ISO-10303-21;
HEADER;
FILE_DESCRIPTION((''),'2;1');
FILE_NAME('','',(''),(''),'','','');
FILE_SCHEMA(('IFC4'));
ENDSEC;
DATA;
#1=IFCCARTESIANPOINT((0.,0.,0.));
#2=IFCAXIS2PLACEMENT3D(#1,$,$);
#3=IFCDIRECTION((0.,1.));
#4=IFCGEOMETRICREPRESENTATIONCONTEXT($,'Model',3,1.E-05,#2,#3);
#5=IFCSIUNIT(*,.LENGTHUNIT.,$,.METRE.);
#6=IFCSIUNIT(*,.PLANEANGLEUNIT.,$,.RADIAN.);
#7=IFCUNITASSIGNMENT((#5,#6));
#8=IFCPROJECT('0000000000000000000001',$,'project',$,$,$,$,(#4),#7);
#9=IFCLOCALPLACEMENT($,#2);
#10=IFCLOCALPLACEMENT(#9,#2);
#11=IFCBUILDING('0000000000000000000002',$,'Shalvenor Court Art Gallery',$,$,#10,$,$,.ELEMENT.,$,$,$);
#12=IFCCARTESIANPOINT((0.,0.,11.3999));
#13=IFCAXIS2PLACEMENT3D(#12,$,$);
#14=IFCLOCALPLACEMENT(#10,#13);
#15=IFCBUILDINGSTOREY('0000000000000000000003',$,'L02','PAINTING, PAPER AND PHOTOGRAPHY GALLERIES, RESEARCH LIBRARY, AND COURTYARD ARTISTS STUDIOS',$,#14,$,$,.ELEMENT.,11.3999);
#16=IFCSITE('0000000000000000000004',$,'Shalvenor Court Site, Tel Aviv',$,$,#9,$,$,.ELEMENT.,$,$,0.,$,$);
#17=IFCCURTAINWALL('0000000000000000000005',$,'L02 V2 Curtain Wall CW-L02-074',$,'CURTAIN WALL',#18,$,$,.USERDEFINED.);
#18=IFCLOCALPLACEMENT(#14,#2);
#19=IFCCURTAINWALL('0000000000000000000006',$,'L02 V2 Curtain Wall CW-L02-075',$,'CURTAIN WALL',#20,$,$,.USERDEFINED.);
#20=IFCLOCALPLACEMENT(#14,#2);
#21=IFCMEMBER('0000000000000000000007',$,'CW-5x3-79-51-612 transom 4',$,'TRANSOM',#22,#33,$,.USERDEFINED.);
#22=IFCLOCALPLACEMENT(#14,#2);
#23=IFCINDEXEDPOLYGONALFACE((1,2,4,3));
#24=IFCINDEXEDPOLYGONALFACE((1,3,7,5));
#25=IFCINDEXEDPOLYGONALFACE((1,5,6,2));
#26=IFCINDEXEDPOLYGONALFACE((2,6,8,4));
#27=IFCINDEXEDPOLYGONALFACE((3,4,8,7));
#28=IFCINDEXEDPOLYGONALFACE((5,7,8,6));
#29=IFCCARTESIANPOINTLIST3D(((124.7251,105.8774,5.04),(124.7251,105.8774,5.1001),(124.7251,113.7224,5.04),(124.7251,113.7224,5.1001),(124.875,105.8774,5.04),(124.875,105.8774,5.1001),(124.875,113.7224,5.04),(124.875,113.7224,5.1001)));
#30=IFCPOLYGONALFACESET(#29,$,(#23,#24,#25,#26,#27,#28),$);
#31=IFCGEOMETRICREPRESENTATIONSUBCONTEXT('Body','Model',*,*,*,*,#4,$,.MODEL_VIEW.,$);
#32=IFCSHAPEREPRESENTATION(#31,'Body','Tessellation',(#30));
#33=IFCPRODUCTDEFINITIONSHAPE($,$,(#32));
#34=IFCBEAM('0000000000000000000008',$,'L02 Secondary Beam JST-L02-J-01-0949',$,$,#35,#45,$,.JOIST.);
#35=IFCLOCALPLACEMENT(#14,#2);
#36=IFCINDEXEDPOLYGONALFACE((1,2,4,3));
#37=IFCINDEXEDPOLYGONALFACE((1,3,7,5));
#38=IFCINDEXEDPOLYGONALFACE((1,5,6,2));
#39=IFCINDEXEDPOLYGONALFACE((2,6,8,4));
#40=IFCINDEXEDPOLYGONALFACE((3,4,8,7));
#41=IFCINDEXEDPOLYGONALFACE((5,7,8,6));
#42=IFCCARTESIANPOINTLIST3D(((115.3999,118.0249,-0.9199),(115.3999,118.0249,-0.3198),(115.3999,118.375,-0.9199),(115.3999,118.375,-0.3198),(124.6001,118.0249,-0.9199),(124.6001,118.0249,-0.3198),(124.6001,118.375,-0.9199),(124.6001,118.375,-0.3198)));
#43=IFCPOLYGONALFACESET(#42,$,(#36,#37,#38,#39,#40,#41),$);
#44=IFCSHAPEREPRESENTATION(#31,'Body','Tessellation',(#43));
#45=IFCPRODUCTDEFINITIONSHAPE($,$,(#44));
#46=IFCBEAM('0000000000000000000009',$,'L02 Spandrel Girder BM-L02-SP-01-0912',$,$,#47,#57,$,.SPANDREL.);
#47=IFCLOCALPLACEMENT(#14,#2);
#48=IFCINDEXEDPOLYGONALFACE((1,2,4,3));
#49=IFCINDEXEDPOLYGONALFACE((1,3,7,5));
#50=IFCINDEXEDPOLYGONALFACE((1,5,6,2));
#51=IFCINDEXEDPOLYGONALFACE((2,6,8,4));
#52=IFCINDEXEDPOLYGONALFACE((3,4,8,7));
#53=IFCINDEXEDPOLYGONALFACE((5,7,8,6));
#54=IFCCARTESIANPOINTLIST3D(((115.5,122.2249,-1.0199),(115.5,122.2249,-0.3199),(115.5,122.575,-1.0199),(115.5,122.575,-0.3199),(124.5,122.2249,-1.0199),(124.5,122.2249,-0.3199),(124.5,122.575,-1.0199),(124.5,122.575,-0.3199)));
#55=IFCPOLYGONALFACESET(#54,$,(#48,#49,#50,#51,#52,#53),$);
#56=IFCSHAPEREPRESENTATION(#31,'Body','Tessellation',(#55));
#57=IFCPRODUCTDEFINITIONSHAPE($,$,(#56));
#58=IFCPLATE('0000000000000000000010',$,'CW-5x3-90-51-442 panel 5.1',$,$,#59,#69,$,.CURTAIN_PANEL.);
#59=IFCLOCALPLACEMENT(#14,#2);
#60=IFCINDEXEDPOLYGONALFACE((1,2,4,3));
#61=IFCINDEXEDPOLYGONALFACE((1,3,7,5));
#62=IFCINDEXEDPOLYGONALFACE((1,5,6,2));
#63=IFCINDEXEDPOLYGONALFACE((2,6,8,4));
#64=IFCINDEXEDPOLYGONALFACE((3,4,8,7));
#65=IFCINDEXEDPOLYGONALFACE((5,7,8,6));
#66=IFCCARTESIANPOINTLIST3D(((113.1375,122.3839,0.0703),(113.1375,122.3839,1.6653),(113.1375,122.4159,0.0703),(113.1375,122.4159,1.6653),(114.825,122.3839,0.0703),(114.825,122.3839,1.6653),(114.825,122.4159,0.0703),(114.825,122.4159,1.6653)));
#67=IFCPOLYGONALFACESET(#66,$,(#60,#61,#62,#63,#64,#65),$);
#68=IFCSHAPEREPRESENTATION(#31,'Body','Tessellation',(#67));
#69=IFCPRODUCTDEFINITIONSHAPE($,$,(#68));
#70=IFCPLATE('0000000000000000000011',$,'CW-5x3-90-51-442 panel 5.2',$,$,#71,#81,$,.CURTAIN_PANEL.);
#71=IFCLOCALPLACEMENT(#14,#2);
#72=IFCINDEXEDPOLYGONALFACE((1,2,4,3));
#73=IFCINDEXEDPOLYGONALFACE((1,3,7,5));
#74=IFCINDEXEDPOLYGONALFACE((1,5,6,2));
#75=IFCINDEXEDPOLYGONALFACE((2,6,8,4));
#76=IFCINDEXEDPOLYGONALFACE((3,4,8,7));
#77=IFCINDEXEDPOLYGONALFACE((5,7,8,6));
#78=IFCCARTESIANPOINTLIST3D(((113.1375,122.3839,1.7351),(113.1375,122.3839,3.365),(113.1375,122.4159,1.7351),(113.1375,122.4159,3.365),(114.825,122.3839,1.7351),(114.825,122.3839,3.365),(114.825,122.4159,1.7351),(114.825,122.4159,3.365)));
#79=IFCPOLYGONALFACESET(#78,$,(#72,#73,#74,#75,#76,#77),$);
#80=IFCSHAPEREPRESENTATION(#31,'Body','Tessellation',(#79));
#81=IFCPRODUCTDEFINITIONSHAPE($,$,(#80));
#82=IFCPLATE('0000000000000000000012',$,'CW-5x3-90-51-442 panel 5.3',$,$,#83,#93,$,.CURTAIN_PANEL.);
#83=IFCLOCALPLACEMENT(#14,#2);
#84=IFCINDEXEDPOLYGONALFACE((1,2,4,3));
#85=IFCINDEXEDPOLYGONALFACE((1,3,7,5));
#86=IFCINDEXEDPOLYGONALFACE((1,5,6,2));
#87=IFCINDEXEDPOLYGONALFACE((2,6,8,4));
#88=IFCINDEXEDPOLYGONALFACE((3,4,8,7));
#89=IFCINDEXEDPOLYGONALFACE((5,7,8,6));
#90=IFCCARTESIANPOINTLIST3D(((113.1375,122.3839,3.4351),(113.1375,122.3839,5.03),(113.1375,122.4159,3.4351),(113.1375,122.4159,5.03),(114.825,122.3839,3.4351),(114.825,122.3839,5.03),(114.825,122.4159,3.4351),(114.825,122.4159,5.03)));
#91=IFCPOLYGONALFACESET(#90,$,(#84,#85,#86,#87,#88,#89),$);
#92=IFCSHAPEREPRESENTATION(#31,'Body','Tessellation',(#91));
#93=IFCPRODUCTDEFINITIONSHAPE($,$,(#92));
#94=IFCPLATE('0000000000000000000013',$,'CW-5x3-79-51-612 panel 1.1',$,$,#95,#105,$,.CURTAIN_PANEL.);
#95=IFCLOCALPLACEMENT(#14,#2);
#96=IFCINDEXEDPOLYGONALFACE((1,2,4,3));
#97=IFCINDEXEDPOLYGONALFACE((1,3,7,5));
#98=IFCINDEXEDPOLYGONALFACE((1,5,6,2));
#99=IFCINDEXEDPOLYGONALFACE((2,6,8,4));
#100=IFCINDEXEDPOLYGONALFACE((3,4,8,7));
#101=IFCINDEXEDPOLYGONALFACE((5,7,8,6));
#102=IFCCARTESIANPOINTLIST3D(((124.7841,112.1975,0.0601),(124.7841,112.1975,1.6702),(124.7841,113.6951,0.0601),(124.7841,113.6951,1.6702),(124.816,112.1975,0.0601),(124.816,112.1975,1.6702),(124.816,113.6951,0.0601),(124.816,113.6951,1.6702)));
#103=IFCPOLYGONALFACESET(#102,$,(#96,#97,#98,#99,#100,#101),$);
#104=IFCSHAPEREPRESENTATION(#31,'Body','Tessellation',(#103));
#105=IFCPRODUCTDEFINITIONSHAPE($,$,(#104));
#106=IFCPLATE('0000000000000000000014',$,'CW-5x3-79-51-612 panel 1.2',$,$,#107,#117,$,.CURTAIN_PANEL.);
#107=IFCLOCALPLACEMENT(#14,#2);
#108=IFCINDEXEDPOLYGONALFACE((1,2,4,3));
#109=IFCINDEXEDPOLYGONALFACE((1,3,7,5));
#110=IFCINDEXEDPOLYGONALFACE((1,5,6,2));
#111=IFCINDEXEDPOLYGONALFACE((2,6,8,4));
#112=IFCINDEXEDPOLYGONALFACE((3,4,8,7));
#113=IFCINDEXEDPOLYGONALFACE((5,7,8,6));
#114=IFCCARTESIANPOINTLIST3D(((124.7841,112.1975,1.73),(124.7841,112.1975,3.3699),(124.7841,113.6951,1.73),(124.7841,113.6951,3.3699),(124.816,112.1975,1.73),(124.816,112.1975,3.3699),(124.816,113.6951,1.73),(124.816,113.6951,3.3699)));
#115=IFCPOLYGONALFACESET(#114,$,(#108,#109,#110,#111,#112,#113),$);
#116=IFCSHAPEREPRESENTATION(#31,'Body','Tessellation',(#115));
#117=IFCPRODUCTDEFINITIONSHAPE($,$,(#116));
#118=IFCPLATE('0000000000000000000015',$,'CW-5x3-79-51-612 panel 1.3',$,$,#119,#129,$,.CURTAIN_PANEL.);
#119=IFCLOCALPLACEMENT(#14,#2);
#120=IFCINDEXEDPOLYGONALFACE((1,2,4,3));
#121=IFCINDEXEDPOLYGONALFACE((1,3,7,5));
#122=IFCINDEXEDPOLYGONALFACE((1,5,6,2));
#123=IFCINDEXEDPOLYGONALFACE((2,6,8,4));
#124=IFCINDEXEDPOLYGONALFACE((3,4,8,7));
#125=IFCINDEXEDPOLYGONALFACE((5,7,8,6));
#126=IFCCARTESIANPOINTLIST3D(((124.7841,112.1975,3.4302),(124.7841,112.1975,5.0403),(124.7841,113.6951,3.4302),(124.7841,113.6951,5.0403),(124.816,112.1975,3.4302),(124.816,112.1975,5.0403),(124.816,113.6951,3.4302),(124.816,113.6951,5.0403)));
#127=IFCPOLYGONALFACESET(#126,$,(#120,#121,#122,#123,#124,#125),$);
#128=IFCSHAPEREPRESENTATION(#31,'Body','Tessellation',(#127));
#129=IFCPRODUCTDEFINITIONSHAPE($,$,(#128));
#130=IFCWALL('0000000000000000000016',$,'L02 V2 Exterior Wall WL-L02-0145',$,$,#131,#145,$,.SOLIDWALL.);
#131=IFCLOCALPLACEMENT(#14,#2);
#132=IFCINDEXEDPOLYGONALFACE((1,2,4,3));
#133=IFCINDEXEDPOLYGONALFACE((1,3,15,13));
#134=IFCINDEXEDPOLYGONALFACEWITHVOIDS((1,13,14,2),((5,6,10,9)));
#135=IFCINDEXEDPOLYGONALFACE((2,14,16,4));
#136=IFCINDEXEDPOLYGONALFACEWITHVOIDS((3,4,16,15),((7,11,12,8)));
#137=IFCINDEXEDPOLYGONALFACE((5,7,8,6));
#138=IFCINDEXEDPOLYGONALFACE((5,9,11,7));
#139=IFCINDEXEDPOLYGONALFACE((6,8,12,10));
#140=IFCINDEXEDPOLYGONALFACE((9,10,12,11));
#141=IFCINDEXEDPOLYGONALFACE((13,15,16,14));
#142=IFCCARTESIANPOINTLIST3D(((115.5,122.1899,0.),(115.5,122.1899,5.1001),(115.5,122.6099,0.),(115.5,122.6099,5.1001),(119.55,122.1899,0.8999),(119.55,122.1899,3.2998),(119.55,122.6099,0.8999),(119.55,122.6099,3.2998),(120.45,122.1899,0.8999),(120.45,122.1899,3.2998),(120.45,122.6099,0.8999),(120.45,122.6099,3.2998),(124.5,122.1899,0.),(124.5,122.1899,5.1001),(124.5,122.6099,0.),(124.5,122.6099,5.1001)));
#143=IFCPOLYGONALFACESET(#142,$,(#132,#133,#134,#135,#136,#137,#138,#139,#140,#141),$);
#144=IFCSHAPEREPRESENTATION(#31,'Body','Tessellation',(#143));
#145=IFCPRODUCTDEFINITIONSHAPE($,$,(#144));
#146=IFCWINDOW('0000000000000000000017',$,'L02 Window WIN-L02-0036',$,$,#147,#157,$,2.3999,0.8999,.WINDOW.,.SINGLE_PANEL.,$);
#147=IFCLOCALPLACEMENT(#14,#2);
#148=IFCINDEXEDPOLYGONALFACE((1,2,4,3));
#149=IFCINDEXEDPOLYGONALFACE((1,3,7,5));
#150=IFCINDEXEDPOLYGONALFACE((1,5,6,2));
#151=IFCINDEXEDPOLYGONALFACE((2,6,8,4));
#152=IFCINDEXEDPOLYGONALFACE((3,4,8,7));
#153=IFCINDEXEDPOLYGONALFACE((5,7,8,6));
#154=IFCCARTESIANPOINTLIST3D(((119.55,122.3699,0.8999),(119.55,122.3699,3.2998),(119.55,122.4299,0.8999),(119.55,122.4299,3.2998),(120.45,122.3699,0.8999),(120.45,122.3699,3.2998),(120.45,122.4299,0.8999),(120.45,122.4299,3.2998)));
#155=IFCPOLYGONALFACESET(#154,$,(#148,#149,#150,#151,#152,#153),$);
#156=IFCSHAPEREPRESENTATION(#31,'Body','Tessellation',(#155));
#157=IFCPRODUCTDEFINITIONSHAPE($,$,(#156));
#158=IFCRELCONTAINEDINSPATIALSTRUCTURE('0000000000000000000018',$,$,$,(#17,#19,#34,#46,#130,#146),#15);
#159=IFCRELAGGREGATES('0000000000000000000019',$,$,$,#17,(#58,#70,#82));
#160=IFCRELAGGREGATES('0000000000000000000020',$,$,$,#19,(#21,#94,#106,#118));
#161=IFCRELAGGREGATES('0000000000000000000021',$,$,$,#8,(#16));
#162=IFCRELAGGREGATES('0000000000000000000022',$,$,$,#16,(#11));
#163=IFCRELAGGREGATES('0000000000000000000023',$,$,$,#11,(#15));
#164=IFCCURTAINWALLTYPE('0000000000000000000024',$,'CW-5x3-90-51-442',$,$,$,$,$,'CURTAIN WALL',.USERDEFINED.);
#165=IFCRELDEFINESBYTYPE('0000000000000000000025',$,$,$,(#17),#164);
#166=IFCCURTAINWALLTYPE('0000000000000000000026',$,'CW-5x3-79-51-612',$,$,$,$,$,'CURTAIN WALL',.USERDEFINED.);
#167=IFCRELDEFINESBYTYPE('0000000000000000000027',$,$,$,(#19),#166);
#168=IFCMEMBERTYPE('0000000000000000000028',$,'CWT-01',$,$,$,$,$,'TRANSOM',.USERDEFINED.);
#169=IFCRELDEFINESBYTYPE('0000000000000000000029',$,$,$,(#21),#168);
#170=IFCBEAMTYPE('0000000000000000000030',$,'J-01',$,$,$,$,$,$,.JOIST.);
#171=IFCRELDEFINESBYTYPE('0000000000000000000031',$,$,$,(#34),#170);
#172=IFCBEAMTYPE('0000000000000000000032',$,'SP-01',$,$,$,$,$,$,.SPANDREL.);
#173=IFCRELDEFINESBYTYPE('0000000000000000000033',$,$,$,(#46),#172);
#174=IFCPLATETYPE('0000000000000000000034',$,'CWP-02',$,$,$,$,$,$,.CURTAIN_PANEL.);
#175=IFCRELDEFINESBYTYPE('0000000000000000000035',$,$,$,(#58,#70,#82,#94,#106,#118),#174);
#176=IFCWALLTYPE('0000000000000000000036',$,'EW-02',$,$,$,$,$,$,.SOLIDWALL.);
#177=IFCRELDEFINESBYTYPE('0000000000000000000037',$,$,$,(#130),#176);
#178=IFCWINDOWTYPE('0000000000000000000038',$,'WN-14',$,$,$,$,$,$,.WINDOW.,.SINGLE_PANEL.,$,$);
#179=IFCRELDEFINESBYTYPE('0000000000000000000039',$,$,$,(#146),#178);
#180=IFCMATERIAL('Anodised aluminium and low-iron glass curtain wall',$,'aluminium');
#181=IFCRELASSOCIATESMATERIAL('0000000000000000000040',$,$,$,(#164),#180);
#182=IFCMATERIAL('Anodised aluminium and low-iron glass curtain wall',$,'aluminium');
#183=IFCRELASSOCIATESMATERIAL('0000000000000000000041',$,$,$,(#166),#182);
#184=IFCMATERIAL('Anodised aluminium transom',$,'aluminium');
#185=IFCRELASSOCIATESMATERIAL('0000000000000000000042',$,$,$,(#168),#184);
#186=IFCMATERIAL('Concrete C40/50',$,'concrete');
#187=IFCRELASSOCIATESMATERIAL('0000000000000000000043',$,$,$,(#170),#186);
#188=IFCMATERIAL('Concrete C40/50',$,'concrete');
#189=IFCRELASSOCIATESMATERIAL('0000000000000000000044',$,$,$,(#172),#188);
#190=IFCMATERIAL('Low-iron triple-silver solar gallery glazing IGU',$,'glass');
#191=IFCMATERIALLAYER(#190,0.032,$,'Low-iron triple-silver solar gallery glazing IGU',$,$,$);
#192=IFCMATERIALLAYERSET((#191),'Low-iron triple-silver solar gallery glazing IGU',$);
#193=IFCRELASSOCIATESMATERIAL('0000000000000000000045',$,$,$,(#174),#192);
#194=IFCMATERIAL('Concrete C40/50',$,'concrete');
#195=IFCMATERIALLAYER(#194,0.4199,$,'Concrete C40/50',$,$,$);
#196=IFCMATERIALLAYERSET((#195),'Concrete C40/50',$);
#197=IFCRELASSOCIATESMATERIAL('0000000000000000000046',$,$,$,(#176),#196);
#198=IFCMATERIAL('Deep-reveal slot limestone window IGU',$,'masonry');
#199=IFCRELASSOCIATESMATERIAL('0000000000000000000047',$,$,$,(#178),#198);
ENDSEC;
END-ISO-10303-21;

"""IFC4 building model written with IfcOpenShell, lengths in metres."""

from ifc_helpers import new_model, si_unit, direction, frame, frame_2d, origin, origin_2d, place, context, subcontext, project, spatial, rectangle, extrude, material, layer, layer_set, material_profile, profile_set, type_object, element, fill, aggregate, save


model = new_model("IFC4")

# Units and contexts
model_context = context("Model", 3, precision=1e-05, world=origin(), true_north=direction((0.0, 1.0)))
body_context = subcontext(model_context, "Body", "Model", "MODEL_VIEW")
ifc_project = project(units=[si_unit("LENGTHUNIT", "METRE"), si_unit("PLANEANGLEUNIT", "RADIAN")], contexts=[model_context])

# Site, building, storey
site_placement = place(None, origin())
site = spatial("IfcSite", under=ifc_project, at=site_placement, Name="Shalvenor Court Site, Tel Aviv", CompositionType="ELEMENT", RefElevation=0.0)
building_placement = place(site_placement, origin())
building = spatial("IfcBuilding", under=site, at=building_placement, Name="Shalvenor Court Art Gallery", CompositionType="ELEMENT")
storey_placement = place(building_placement, frame((0.0, 0.0, 11.3999)))
storey = spatial("IfcBuildingStorey", under=building, at=storey_placement, Name="L02", Description="PAINTING, PAPER AND PHOTOGRAPHY GALLERIES, RESEARCH LIBRARY, AND COURTYARD ARTISTS STUDIOS", CompositionType="ELEMENT", Elevation=11.3999)

# Curtain wall
ifc_material_1 = material(Name="Anodised aluminium and low-iron glass curtain wall", Category="aluminium")
curtain_wall_type_1 = type_object("IfcCurtainWallType", Name="CW-5x3-90-51-442", ElementType="CURTAIN WALL", PredefinedType="USERDEFINED", material=ifc_material_1)
curtain_wall_1_placement = place(storey_placement, origin())
curtain_wall_1 = element("IfcCurtainWall", 1, at=curtain_wall_1_placement, inside=storey, type_object=curtain_wall_type_1, Name="L02 V2 Curtain Wall CW-L02-074", ObjectType="CURTAIN WALL", PredefinedType="USERDEFINED")

# Curtain wall, member
ifc_material_2 = material(Name="Anodised aluminium and low-iron glass curtain wall", Category="aluminium")
curtain_wall_type_2 = type_object("IfcCurtainWallType", Name="CW-5x3-79-51-612", ElementType="CURTAIN WALL", PredefinedType="USERDEFINED", material=ifc_material_2)
curtain_wall_2_placement = place(storey_placement, origin())
curtain_wall_2 = element("IfcCurtainWall", 2, at=curtain_wall_2_placement, inside=storey, type_object=curtain_wall_type_2, Name="L02 V2 Curtain Wall CW-L02-075", ObjectType="CURTAIN WALL", PredefinedType="USERDEFINED")
ifc_material_3 = material(Name="Anodised aluminium transom", Category="aluminium")
ifc_material_profile_1 = material_profile(ifc_material_3, rectangle(XDim=0.1499, YDim=0.0601, at=origin_2d()), Name="CWT-01")
ifc_profile_set_1 = profile_set([ifc_material_profile_1], Name="Anodised aluminium transom")
member_type_1 = type_object("IfcMemberType", Name="CWT-01", ElementType="TRANSOM", PredefinedType="USERDEFINED", material=ifc_profile_set_1)
member_1_placement = place(storey_placement, frame((124.8, 113.7224, 5.0701), z_axis=(0.0, -1.0, 0.0), x_axis=(1.0, 0.0, 0.0)))
member_1 = element("IfcMember", 3, at=member_1_placement, type_object=member_type_1, Name="CW-5x3-79-51-612 transom 4", ObjectType="TRANSOM", PredefinedType="USERDEFINED", context=body_context, shape_type="SweptSolid", body=[
    extrude(rectangle(XDim=0.1499, YDim=0.0601, at=origin_2d()), origin(), (0.0, 0.0, 1.0), 7.845),
])

# Beams
ifc_material_4 = material(Name="Concrete C40/50", Category="concrete")
ifc_material_profile_2 = material_profile(ifc_material_4, rectangle(XDim=0.3501, YDim=0.6001, at=origin_2d()), Name="RC 350x600")
ifc_profile_set_2 = profile_set([ifc_material_profile_2], Name="Concrete C40/50")
beam_type_1 = type_object("IfcBeamType", Name="J-01", PredefinedType="JOIST", material=ifc_profile_set_2)
beam_1_placement = place(storey_placement, frame((115.3999, 118.2, -0.6199), z_axis=(1.0, 0.0, 0.0), x_axis=(0.0, 1.0, 0.0)))
element("IfcBeam", 4, at=beam_1_placement, inside=storey, type_object=beam_type_1, Name="L02 Secondary Beam JST-L02-J-01-0949", PredefinedType="JOIST", context=body_context, shape_type="SweptSolid", body=[
    extrude(rectangle(XDim=0.3501, YDim=0.6001, at=origin_2d()), origin(), (0.0, 0.0, 1.0), 9.2002),
])
ifc_material_5 = material(Name="Concrete C40/50", Category="concrete")
ifc_material_profile_3 = material_profile(ifc_material_5, rectangle(XDim=0.3501, YDim=0.7, at=origin_2d()), Name="RC 350x700")
ifc_profile_set_3 = profile_set([ifc_material_profile_3], Name="Concrete C40/50")
beam_type_2 = type_object("IfcBeamType", Name="SP-01", PredefinedType="SPANDREL", material=ifc_profile_set_3)
beam_2_placement = place(storey_placement, frame((115.5, 122.3999, -0.6699), z_axis=(1.0, 0.0, 0.0), x_axis=(0.0, 1.0, 0.0)))
element("IfcBeam", 5, at=beam_2_placement, inside=storey, type_object=beam_type_2, Name="L02 Spandrel Girder BM-L02-SP-01-0912", PredefinedType="SPANDREL", context=body_context, shape_type="SweptSolid", body=[
    extrude(rectangle(XDim=0.3501, YDim=0.7, at=origin_2d()), origin(), (0.0, 0.0, 1.0), 9.0),
])

# Plates
ifc_material_6 = material(Name="Low-iron triple-silver solar gallery glazing IGU", Category="glass")
ifc_layer_1 = layer(ifc_material_6, 0.032, Name="Low-iron triple-silver solar gallery glazing IGU")
ifc_layer_set_1 = layer_set([ifc_layer_1], Name="Low-iron triple-silver solar gallery glazing IGU")
plate_type = type_object("IfcPlateType", Name="CWP-02", PredefinedType="CURTAIN_PANEL", material=ifc_layer_set_1)
plate_1_placement = place(storey_placement, frame((113.9812, 122.3999, 0.0703), z_axis=(0.0, 0.0, 1.0), x_axis=(1.0, 0.0, 0.0)))
plate_1 = element("IfcPlate", 6, at=plate_1_placement, type_object=plate_type, Name="CW-5x3-90-51-442 panel 5.1", PredefinedType="CURTAIN_PANEL", context=body_context, shape_type="SweptSolid", body=[
    extrude(rectangle(XDim=1.6875, YDim=0.032, at=origin_2d()), origin(), (0.0, 0.0, 1.0), 1.595),
])
plate_2_placement = place(storey_placement, frame((113.9812, 122.3999, 1.7351), z_axis=(0.0, 0.0, 1.0), x_axis=(1.0, 0.0, 0.0)))
plate_2 = element("IfcPlate", 7, at=plate_2_placement, type_object=plate_type, Name="CW-5x3-90-51-442 panel 5.2", PredefinedType="CURTAIN_PANEL", context=body_context, shape_type="SweptSolid", body=[
    extrude(rectangle(XDim=1.6875, YDim=0.032, at=origin_2d()), origin(), (0.0, 0.0, 1.0), 1.6299),
])
plate_3_placement = place(storey_placement, frame((113.9812, 122.3999, 3.4351), z_axis=(0.0, 0.0, 1.0), x_axis=(1.0, 0.0, 0.0)))
plate_3 = element("IfcPlate", 8, at=plate_3_placement, type_object=plate_type, Name="CW-5x3-90-51-442 panel 5.3", PredefinedType="CURTAIN_PANEL", context=body_context, shape_type="SweptSolid", body=[
    extrude(rectangle(XDim=1.6875, YDim=0.032, at=origin_2d()), origin(), (0.0, 0.0, 1.0), 1.595),
])
aggregate(curtain_wall_1, [plate_1, plate_2, plate_3])
plate_4_placement = place(storey_placement, frame((124.8, 112.9463, 0.0601), z_axis=(0.0, 0.0, 1.0), x_axis=(0.0, -1.0, 0.0)))
plate_4 = element("IfcPlate", 9, at=plate_4_placement, type_object=plate_type, Name="CW-5x3-79-51-612 panel 1.1", PredefinedType="CURTAIN_PANEL", context=body_context, shape_type="SweptSolid", body=[
    extrude(rectangle(XDim=1.4976, YDim=0.032, at=origin_2d()), origin(), (0.0, 0.0, 1.0), 1.6101),
])
plate_5_placement = place(storey_placement, frame((124.8, 112.9463, 1.73), z_axis=(0.0, 0.0, 1.0), x_axis=(0.0, -1.0, 0.0)))
plate_5 = element("IfcPlate", 10, at=plate_5_placement, type_object=plate_type, Name="CW-5x3-79-51-612 panel 1.2", PredefinedType="CURTAIN_PANEL", context=body_context, shape_type="SweptSolid", body=[
    extrude(rectangle(XDim=1.4976, YDim=0.032, at=origin_2d()), origin(), (0.0, 0.0, 1.0), 1.6399),
])
plate_6_placement = place(storey_placement, frame((124.8, 112.9463, 3.4302), z_axis=(0.0, 0.0, 1.0), x_axis=(0.0, -1.0, 0.0)))
plate_6 = element("IfcPlate", 11, at=plate_6_placement, type_object=plate_type, Name="CW-5x3-79-51-612 panel 1.3", PredefinedType="CURTAIN_PANEL", context=body_context, shape_type="SweptSolid", body=[
    extrude(rectangle(XDim=1.4976, YDim=0.032, at=origin_2d()), origin(), (0.0, 0.0, 1.0), 1.6101),
])
aggregate(curtain_wall_2, [member_1, plate_4, plate_5, plate_6])

# Wall, opening, window
ifc_material_7 = material(Name="Concrete C40/50", Category="concrete")
ifc_layer_2 = layer(ifc_material_7, 0.4199, Name="Concrete C40/50")
ifc_layer_set_2 = layer_set([ifc_layer_2], Name="Concrete C40/50")
wall_type_1 = type_object("IfcWallType", Name="EW-02", PredefinedType="SOLIDWALL", material=ifc_layer_set_2)
wall_1_placement = place(storey_placement, frame((115.5, 122.3999, 0.0), z_axis=(0.0, 0.0, 1.0), x_axis=(1.0, 0.0, 0.0)))
wall_1 = element("IfcWall", 12, at=wall_1_placement, inside=storey, type_object=wall_type_1, Name="L02 V2 Exterior Wall WL-L02-0145", PredefinedType="SOLIDWALL", context=body_context, shape_type="SweptSolid", body=[
    extrude(rectangle(XDim=9.0, YDim=0.4199, at=frame_2d((4.5, 0.0))), origin(), (0.0, 0.0, 1.0), 5.1001),
])
opening_1_placement = place(wall_1_placement, frame((4.05, 0.0, 0.8999)))
opening_1 = element("IfcOpeningElement", 13, at=opening_1_placement, cuts=wall_1, PredefinedType="OPENING", context=body_context, shape_type="SweptSolid", body=[
    extrude(rectangle(XDim=0.8999, YDim=2.3999, at=frame_2d((0.45, 1.2))), frame((0.0, 0.22, 0.0), z_axis=(0.0, -1.0, 0.0), x_axis=(1.0, 0.0, 0.0)), (0.0, 0.0, 1.0), 0.4399),
])
ifc_material_8 = material(Name="Deep-reveal slot limestone window IGU", Category="masonry")
window_type_1 = type_object("IfcWindowType", Name="WN-14", PartitioningType="SINGLE_PANEL", PredefinedType="WINDOW", material=ifc_material_8)
window_1_placement = place(opening_1_placement, origin())
window_1 = element("IfcWindow", 14, at=window_1_placement, inside=storey, type_object=window_type_1, Name="L02 Window WIN-L02-0036", OverallHeight=2.3999, OverallWidth=0.8999, PartitioningType="SINGLE_PANEL", PredefinedType="WINDOW", context=body_context, shape_type="SweptSolid", body=[
    extrude(rectangle(XDim=0.8999, YDim=2.3999, at=frame_2d((0.45, 1.2))), frame((0.0, 0.03, 0.0), z_axis=(0.0, -1.0, 0.0), x_axis=(1.0, 0.0, 0.0)), (0.0, 0.0, 1.0), 0.0601),
])
fill(opening_1, window_1)

save(model, "model.ifc")
